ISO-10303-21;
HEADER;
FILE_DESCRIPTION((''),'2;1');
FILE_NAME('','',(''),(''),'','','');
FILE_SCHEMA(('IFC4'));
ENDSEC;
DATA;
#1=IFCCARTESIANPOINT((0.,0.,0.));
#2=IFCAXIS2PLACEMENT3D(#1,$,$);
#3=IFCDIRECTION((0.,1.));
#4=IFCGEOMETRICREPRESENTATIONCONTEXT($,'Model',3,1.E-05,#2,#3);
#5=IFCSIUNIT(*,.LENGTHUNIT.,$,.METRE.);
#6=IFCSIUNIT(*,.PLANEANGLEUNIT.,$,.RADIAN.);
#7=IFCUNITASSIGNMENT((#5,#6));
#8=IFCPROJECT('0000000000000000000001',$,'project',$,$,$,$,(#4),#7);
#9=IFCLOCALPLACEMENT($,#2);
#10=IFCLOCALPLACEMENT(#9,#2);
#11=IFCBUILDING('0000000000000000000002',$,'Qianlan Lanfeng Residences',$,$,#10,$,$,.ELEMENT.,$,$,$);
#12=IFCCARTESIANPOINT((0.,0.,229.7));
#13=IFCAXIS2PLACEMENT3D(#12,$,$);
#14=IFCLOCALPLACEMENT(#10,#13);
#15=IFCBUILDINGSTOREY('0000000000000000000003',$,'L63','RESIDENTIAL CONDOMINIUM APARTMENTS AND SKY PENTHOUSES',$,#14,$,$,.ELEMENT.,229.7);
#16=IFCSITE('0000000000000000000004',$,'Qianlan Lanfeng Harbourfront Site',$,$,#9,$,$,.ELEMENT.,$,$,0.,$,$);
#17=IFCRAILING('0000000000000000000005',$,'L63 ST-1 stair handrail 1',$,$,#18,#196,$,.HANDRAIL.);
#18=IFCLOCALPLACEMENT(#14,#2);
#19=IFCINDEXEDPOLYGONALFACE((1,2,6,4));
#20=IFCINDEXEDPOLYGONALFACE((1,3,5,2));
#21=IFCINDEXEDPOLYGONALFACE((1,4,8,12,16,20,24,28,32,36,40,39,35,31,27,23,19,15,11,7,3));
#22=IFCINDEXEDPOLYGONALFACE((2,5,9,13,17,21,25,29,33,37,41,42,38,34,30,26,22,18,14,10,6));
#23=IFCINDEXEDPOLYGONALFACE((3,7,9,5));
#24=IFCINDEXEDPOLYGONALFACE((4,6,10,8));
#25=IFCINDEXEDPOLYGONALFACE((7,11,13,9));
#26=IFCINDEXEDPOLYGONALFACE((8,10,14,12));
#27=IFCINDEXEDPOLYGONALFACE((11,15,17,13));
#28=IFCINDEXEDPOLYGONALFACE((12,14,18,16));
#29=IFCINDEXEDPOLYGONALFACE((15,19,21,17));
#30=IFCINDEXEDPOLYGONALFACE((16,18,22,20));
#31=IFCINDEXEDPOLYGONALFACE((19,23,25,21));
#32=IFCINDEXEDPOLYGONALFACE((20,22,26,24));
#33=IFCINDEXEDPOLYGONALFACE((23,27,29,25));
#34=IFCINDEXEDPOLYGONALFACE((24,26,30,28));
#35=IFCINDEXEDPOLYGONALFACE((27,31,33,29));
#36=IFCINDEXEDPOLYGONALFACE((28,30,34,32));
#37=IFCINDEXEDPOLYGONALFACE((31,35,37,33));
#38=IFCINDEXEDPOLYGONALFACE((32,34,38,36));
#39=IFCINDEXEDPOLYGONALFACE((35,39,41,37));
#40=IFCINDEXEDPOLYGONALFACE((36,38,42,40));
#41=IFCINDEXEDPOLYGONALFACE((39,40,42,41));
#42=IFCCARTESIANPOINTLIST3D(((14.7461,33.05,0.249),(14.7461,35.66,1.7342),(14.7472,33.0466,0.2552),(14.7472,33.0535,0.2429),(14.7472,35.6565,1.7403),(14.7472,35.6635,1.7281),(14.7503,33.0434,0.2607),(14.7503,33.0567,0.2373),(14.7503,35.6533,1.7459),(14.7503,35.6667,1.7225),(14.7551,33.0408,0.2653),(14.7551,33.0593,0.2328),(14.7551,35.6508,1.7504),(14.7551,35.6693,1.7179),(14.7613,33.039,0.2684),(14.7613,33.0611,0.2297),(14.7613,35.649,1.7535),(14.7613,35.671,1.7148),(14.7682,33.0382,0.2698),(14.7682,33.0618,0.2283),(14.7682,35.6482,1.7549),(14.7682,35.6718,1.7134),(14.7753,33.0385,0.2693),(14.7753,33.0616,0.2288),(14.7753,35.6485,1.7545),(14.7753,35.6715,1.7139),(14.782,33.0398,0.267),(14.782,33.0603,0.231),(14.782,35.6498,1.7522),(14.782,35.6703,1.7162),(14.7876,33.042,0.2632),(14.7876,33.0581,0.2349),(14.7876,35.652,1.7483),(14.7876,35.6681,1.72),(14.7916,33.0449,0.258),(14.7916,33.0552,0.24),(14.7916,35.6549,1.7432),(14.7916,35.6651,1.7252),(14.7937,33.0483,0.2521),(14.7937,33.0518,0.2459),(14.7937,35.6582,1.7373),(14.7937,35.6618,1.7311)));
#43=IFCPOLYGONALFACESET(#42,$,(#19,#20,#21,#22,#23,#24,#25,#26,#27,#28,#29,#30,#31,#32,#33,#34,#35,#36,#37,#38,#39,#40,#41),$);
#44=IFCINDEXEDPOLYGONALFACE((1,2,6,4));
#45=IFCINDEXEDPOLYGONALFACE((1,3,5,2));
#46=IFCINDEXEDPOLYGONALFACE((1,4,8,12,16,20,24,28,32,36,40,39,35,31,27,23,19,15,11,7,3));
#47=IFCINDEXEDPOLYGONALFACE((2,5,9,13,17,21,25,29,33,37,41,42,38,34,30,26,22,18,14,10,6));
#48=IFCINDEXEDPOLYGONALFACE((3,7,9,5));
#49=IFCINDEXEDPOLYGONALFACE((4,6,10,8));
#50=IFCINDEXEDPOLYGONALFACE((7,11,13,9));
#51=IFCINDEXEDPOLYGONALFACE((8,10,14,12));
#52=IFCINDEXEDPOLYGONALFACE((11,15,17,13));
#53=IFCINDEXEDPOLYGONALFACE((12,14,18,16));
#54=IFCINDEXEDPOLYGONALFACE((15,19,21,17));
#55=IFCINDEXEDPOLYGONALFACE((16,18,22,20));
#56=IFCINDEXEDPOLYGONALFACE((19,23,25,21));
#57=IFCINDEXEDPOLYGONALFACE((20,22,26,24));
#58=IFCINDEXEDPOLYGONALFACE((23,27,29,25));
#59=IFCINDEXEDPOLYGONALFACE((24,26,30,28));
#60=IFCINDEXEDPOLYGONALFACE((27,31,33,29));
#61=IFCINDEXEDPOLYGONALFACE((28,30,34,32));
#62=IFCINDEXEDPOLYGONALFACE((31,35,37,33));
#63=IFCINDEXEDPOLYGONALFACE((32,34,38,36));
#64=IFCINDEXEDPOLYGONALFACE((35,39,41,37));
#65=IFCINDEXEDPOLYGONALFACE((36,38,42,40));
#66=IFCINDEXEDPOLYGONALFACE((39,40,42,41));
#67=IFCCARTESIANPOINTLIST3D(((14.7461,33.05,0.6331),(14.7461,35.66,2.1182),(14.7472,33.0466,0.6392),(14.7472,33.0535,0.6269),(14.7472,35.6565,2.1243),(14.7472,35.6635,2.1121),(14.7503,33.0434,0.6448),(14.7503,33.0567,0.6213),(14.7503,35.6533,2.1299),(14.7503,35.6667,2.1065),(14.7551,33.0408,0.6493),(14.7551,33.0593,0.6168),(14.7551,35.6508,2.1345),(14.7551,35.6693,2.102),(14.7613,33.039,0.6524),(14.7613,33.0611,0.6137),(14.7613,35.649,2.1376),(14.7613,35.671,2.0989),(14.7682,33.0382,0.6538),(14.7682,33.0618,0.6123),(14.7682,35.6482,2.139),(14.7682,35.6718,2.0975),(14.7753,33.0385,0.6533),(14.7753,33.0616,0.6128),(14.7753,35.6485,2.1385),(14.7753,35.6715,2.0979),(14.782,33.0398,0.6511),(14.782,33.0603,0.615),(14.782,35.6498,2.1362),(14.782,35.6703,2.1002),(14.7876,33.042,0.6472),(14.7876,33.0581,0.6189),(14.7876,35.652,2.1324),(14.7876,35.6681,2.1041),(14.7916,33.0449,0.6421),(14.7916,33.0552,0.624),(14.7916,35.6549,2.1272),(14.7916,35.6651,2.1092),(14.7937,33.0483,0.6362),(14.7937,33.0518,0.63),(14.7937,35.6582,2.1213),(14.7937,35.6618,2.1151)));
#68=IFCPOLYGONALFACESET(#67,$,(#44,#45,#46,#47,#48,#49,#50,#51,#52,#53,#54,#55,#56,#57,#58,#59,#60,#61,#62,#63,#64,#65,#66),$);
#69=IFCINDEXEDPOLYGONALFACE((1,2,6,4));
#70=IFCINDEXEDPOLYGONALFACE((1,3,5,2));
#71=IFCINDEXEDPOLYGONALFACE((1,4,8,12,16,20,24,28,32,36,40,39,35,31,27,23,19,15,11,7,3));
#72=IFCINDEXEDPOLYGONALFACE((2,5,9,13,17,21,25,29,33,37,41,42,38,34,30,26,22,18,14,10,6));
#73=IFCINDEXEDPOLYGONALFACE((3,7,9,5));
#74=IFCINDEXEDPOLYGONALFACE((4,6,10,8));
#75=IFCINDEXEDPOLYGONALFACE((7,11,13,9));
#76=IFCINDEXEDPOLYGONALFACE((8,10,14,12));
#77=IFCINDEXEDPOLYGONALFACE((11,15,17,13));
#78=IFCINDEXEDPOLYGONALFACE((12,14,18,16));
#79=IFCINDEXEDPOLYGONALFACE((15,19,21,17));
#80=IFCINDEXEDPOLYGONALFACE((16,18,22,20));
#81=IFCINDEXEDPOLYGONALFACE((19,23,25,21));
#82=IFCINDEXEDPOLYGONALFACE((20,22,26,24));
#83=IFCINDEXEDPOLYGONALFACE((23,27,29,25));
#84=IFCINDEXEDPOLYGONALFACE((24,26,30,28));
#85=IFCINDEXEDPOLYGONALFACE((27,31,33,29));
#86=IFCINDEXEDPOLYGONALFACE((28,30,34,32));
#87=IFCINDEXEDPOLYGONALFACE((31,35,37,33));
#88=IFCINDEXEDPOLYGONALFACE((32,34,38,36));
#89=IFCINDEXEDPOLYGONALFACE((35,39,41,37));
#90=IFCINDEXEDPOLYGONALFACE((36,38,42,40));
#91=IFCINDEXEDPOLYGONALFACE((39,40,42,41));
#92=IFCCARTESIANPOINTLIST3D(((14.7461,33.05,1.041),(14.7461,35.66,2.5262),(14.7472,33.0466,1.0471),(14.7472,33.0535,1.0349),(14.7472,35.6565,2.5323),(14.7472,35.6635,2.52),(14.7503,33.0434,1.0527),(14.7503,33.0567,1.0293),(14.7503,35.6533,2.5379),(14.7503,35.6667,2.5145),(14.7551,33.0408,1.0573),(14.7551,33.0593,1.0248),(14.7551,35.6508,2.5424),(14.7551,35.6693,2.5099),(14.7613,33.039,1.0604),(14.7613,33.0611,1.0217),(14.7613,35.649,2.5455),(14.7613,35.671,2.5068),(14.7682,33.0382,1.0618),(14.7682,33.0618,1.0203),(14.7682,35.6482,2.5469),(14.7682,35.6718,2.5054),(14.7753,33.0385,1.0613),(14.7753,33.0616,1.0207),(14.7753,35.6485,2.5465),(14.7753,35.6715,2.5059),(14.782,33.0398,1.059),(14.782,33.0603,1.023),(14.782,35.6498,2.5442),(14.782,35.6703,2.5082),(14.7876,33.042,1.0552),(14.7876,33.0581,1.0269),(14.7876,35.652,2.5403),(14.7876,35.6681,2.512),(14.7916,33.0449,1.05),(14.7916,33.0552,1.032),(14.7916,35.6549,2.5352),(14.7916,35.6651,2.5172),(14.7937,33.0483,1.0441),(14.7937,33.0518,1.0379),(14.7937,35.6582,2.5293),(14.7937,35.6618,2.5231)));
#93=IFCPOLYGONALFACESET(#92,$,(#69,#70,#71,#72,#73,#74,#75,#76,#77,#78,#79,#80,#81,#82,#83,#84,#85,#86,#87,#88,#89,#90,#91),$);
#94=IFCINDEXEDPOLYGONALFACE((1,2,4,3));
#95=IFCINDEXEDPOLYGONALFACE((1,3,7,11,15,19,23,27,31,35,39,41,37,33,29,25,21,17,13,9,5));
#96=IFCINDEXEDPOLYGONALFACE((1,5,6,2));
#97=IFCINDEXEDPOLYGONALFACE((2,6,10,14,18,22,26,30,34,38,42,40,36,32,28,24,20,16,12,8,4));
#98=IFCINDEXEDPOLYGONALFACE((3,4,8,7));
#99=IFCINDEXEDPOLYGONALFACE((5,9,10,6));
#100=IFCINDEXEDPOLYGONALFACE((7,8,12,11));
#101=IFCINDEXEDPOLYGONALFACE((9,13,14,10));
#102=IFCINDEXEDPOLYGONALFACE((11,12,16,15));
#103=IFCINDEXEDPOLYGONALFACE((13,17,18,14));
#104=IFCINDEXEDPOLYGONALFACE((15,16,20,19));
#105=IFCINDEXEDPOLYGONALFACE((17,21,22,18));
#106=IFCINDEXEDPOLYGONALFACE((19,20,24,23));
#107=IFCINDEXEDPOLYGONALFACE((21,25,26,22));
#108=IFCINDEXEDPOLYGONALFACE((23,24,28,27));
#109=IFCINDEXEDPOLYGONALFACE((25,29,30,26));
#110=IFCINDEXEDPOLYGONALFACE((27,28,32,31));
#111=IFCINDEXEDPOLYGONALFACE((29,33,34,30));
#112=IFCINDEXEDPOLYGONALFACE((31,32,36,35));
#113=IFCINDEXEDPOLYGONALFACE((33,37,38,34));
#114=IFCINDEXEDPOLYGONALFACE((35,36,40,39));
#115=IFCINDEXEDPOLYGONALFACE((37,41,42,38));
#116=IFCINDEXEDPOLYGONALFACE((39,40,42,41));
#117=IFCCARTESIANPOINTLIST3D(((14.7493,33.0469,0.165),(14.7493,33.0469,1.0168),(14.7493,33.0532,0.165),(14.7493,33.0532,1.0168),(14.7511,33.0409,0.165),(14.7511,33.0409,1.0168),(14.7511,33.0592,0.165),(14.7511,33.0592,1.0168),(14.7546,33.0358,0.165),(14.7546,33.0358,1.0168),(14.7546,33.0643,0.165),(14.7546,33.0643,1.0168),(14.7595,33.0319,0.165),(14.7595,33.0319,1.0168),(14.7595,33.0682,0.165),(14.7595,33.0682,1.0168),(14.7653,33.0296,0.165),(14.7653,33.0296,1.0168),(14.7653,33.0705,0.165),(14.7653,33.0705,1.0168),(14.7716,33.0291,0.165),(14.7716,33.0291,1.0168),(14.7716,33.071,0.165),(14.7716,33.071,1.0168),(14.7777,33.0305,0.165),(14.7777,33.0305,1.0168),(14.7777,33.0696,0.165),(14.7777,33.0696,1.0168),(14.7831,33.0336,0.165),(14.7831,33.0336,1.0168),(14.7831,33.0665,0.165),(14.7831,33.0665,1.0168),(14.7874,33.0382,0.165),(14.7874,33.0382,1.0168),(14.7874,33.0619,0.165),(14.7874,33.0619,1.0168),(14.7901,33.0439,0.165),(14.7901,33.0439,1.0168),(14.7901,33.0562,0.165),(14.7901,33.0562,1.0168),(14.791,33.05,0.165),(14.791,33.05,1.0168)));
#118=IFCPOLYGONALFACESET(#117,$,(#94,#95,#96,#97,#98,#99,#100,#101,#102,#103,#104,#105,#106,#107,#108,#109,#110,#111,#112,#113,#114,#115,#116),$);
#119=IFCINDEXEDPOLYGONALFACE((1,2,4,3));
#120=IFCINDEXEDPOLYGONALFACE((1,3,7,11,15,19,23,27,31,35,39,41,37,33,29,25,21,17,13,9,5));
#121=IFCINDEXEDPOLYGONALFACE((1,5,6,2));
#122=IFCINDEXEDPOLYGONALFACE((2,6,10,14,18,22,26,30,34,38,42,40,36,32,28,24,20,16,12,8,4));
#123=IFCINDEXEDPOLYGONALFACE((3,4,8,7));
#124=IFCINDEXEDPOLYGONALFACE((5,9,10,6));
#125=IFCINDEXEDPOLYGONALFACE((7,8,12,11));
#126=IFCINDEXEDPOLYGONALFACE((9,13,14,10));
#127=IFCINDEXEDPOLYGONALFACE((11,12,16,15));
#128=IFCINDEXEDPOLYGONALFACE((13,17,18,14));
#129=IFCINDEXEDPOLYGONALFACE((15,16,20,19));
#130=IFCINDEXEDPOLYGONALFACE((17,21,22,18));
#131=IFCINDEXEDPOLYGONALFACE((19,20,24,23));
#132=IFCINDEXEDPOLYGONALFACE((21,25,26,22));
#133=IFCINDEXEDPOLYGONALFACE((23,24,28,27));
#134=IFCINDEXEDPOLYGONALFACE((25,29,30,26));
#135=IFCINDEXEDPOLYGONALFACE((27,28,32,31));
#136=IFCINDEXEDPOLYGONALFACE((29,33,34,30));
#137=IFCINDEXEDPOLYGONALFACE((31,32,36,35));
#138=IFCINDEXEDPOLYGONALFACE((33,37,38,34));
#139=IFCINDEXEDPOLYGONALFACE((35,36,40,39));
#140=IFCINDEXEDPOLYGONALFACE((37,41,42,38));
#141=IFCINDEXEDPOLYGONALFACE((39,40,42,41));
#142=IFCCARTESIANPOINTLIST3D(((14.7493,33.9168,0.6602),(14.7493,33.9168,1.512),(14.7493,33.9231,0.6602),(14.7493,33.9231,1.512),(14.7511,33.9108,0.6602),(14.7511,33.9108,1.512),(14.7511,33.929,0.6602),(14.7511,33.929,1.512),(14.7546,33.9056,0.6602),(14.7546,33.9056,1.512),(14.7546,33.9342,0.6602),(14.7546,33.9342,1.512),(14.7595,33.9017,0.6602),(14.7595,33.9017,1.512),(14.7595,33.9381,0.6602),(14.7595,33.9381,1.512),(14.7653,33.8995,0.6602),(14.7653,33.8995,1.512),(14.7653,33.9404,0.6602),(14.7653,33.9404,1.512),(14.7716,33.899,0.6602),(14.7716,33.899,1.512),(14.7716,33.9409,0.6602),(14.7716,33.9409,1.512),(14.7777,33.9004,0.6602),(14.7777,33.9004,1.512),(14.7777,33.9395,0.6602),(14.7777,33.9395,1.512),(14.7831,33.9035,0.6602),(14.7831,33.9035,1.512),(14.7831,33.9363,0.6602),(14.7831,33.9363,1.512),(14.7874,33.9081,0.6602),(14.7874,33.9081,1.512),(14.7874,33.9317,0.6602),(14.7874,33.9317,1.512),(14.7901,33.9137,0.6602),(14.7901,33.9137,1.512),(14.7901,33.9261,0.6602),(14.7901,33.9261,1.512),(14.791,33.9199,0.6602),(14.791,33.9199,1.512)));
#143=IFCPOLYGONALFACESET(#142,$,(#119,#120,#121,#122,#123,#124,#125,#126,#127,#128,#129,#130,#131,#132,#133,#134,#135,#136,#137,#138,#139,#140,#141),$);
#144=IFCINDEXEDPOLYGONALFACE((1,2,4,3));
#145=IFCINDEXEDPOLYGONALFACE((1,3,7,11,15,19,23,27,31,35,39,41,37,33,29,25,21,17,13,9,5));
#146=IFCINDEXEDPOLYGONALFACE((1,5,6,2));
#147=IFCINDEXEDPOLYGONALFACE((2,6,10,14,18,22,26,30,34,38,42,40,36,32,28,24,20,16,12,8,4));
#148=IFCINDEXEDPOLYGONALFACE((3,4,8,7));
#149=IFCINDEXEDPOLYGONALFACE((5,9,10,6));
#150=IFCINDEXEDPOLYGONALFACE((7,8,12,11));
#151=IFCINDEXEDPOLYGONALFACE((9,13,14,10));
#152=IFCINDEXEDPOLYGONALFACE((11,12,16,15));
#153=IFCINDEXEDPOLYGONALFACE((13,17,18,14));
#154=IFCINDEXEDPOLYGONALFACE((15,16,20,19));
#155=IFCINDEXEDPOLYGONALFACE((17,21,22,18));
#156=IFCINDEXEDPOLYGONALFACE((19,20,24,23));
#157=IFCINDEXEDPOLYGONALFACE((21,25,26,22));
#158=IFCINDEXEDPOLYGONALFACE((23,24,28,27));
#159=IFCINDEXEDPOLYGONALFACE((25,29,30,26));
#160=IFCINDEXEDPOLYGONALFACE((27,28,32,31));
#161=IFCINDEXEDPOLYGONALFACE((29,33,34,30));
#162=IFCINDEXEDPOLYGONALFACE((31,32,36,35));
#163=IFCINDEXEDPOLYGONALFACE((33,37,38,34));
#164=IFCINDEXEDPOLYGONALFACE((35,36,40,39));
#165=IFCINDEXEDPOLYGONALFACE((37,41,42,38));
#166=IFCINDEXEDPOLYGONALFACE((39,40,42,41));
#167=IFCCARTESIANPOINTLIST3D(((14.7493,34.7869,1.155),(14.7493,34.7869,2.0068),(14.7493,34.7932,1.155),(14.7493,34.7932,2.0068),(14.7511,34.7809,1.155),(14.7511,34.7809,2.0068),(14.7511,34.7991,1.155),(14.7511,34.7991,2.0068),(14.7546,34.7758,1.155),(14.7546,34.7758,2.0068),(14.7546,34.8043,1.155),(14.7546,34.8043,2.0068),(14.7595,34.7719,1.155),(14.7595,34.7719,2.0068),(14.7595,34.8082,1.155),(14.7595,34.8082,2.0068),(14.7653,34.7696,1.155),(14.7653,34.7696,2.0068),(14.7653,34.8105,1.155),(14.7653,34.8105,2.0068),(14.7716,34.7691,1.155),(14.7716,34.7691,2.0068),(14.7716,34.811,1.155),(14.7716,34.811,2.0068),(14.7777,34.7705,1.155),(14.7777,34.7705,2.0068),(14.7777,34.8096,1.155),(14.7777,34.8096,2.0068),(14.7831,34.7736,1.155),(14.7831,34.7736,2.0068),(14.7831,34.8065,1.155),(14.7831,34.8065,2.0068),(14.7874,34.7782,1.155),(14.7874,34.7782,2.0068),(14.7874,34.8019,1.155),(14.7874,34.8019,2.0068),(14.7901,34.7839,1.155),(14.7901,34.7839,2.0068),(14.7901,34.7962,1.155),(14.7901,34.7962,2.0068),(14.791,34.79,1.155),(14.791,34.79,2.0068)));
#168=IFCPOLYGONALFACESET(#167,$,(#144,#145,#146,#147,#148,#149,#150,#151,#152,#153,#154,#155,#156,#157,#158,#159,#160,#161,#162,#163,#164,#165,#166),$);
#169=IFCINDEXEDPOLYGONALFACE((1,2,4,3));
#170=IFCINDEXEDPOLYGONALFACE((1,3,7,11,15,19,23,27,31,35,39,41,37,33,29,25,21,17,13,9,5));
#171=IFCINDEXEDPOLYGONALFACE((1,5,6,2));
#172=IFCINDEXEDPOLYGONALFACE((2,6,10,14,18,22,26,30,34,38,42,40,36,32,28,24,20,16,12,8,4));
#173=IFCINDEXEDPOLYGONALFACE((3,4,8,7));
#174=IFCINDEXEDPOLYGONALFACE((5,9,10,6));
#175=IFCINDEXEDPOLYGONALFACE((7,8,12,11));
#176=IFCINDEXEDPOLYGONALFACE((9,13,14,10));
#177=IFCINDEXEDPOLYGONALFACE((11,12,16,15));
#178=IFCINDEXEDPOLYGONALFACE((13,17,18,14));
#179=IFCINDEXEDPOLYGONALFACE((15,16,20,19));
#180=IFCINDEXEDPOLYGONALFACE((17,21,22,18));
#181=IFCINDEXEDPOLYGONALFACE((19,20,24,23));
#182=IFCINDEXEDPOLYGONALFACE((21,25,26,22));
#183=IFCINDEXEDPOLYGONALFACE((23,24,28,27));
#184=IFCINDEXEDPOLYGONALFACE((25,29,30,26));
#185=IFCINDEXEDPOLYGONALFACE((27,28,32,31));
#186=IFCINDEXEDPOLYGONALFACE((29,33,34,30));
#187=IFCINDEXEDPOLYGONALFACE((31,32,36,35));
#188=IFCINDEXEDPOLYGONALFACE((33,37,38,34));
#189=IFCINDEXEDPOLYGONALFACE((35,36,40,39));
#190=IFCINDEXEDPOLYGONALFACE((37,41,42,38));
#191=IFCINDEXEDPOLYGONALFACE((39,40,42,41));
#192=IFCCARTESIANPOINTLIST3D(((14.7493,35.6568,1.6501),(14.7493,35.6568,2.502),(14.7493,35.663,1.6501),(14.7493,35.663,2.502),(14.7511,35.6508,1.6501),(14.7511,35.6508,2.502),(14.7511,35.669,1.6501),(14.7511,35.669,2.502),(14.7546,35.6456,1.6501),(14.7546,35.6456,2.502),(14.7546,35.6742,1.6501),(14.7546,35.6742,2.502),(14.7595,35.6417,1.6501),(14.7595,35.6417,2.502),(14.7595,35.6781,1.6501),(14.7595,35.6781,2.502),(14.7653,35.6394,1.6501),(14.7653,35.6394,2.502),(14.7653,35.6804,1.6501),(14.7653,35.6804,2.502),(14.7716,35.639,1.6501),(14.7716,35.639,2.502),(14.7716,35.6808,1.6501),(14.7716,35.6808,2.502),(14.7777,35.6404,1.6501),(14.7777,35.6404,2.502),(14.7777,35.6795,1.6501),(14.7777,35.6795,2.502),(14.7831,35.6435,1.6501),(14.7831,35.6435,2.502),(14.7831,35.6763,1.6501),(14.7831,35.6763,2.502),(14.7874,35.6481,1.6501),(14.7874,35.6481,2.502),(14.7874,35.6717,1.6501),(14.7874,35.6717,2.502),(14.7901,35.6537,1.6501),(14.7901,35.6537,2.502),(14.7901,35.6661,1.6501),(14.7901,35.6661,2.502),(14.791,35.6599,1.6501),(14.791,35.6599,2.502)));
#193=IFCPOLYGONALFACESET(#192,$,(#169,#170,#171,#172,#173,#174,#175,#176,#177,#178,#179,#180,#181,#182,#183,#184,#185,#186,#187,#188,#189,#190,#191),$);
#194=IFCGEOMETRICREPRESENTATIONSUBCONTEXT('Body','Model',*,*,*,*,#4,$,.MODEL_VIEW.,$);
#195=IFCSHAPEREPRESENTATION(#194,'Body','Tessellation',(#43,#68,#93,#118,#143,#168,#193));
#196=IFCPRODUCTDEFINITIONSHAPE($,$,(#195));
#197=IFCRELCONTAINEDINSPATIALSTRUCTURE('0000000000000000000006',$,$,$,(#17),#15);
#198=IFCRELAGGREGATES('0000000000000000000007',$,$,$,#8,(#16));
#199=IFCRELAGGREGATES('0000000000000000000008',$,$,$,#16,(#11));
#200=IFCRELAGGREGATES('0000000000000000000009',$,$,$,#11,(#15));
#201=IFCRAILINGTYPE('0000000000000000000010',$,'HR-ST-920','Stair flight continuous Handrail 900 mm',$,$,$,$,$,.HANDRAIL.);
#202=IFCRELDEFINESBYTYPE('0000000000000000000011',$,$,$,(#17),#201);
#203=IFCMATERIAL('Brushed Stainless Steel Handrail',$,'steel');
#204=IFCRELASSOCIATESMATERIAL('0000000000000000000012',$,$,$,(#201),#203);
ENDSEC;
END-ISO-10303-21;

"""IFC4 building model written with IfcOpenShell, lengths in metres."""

from ifc_helpers import new_model, si_unit, direction, frame, origin, origin_2d, place, context, subcontext, project, spatial, circle, extrude, material, type_object, element, save


model = new_model("IFC4")

# Units and contexts
model_context = context("Model", 3, precision=1e-05, world=origin(), true_north=direction((0.0, 1.0)))
body_context = subcontext(model_context, "Body", "Model", "MODEL_VIEW")
ifc_project = project(units=[si_unit("LENGTHUNIT", "METRE"), si_unit("PLANEANGLEUNIT", "RADIAN")], contexts=[model_context])

# Site, building, storey
site_placement = place(None, origin())
site = spatial("IfcSite", under=ifc_project, at=site_placement, Name="Qianlan Lanfeng Harbourfront Site", CompositionType="ELEMENT", RefElevation=0.0)
building_placement = place(site_placement, origin())
building = spatial("IfcBuilding", under=site, at=building_placement, Name="Qianlan Lanfeng Residences", CompositionType="ELEMENT")
storey_placement = place(building_placement, frame((0.0, 0.0, 229.7)))
storey = spatial("IfcBuildingStorey", under=building, at=storey_placement, Name="L63", Description="RESIDENTIAL CONDOMINIUM APARTMENTS AND SKY PENTHOUSES", CompositionType="ELEMENT", Elevation=229.7)

# Railing
ifc_material_1 = material(Name="Brushed Stainless Steel Handrail", Category="steel")
railing_type_1 = type_object("IfcRailingType", Name="HR-ST-920", Description="Stair flight continuous Handrail 900 mm", PredefinedType="HANDRAIL", material=ifc_material_1)
railing_1_placement = place(storey_placement, frame((14.77, 33.05, 0.165)))
element("IfcRailing", 1, at=railing_1_placement, inside=storey, type_object=railing_type_1, Name="L63 ST-1 stair handrail 1", PredefinedType="HANDRAIL", context=body_context, shape_type="SweptSolid", body=[
    extrude(circle(Radius=0.0239, at=origin_2d()), frame((0.0, 0.0, 0.084), z_axis=(0.0, 0.869137, 0.494571), x_axis=(-1.0, 0.0, 0.0)), (0.0, 0.0, 1.0), 3.0029),
    extrude(circle(Radius=0.0239, at=origin_2d()), frame((0.0, 0.0, 0.468), z_axis=(0.0, 0.869137, 0.494571), x_axis=(-1.0, 0.0, 0.0)), (0.0, 0.0, 1.0), 3.0029),
    extrude(circle(Radius=0.0239, at=origin_2d()), frame((0.0, 0.0, 0.876), z_axis=(0.0, 0.869137, 0.494571), x_axis=(-1.0, 0.0, 0.0)), (0.0, 0.0, 1.0), 3.0029),
    extrude(circle(Radius=0.021, at=origin_2d()), origin(), (0.0, 0.0, 1.0), 0.8518),
    extrude(circle(Radius=0.021, at=origin_2d()), frame((0.0, 0.8699, 0.4951)), (0.0, 0.0, 1.0), 0.8518),
    extrude(circle(Radius=0.021, at=origin_2d()), frame((0.0, 1.74, 0.99)), (0.0, 0.0, 1.0), 0.8518),
    extrude(circle(Radius=0.021, at=origin_2d()), frame((0.0, 2.6099, 1.4851)), (0.0, 0.0, 1.0), 0.8518),
])

save(model, "model.ifc")
